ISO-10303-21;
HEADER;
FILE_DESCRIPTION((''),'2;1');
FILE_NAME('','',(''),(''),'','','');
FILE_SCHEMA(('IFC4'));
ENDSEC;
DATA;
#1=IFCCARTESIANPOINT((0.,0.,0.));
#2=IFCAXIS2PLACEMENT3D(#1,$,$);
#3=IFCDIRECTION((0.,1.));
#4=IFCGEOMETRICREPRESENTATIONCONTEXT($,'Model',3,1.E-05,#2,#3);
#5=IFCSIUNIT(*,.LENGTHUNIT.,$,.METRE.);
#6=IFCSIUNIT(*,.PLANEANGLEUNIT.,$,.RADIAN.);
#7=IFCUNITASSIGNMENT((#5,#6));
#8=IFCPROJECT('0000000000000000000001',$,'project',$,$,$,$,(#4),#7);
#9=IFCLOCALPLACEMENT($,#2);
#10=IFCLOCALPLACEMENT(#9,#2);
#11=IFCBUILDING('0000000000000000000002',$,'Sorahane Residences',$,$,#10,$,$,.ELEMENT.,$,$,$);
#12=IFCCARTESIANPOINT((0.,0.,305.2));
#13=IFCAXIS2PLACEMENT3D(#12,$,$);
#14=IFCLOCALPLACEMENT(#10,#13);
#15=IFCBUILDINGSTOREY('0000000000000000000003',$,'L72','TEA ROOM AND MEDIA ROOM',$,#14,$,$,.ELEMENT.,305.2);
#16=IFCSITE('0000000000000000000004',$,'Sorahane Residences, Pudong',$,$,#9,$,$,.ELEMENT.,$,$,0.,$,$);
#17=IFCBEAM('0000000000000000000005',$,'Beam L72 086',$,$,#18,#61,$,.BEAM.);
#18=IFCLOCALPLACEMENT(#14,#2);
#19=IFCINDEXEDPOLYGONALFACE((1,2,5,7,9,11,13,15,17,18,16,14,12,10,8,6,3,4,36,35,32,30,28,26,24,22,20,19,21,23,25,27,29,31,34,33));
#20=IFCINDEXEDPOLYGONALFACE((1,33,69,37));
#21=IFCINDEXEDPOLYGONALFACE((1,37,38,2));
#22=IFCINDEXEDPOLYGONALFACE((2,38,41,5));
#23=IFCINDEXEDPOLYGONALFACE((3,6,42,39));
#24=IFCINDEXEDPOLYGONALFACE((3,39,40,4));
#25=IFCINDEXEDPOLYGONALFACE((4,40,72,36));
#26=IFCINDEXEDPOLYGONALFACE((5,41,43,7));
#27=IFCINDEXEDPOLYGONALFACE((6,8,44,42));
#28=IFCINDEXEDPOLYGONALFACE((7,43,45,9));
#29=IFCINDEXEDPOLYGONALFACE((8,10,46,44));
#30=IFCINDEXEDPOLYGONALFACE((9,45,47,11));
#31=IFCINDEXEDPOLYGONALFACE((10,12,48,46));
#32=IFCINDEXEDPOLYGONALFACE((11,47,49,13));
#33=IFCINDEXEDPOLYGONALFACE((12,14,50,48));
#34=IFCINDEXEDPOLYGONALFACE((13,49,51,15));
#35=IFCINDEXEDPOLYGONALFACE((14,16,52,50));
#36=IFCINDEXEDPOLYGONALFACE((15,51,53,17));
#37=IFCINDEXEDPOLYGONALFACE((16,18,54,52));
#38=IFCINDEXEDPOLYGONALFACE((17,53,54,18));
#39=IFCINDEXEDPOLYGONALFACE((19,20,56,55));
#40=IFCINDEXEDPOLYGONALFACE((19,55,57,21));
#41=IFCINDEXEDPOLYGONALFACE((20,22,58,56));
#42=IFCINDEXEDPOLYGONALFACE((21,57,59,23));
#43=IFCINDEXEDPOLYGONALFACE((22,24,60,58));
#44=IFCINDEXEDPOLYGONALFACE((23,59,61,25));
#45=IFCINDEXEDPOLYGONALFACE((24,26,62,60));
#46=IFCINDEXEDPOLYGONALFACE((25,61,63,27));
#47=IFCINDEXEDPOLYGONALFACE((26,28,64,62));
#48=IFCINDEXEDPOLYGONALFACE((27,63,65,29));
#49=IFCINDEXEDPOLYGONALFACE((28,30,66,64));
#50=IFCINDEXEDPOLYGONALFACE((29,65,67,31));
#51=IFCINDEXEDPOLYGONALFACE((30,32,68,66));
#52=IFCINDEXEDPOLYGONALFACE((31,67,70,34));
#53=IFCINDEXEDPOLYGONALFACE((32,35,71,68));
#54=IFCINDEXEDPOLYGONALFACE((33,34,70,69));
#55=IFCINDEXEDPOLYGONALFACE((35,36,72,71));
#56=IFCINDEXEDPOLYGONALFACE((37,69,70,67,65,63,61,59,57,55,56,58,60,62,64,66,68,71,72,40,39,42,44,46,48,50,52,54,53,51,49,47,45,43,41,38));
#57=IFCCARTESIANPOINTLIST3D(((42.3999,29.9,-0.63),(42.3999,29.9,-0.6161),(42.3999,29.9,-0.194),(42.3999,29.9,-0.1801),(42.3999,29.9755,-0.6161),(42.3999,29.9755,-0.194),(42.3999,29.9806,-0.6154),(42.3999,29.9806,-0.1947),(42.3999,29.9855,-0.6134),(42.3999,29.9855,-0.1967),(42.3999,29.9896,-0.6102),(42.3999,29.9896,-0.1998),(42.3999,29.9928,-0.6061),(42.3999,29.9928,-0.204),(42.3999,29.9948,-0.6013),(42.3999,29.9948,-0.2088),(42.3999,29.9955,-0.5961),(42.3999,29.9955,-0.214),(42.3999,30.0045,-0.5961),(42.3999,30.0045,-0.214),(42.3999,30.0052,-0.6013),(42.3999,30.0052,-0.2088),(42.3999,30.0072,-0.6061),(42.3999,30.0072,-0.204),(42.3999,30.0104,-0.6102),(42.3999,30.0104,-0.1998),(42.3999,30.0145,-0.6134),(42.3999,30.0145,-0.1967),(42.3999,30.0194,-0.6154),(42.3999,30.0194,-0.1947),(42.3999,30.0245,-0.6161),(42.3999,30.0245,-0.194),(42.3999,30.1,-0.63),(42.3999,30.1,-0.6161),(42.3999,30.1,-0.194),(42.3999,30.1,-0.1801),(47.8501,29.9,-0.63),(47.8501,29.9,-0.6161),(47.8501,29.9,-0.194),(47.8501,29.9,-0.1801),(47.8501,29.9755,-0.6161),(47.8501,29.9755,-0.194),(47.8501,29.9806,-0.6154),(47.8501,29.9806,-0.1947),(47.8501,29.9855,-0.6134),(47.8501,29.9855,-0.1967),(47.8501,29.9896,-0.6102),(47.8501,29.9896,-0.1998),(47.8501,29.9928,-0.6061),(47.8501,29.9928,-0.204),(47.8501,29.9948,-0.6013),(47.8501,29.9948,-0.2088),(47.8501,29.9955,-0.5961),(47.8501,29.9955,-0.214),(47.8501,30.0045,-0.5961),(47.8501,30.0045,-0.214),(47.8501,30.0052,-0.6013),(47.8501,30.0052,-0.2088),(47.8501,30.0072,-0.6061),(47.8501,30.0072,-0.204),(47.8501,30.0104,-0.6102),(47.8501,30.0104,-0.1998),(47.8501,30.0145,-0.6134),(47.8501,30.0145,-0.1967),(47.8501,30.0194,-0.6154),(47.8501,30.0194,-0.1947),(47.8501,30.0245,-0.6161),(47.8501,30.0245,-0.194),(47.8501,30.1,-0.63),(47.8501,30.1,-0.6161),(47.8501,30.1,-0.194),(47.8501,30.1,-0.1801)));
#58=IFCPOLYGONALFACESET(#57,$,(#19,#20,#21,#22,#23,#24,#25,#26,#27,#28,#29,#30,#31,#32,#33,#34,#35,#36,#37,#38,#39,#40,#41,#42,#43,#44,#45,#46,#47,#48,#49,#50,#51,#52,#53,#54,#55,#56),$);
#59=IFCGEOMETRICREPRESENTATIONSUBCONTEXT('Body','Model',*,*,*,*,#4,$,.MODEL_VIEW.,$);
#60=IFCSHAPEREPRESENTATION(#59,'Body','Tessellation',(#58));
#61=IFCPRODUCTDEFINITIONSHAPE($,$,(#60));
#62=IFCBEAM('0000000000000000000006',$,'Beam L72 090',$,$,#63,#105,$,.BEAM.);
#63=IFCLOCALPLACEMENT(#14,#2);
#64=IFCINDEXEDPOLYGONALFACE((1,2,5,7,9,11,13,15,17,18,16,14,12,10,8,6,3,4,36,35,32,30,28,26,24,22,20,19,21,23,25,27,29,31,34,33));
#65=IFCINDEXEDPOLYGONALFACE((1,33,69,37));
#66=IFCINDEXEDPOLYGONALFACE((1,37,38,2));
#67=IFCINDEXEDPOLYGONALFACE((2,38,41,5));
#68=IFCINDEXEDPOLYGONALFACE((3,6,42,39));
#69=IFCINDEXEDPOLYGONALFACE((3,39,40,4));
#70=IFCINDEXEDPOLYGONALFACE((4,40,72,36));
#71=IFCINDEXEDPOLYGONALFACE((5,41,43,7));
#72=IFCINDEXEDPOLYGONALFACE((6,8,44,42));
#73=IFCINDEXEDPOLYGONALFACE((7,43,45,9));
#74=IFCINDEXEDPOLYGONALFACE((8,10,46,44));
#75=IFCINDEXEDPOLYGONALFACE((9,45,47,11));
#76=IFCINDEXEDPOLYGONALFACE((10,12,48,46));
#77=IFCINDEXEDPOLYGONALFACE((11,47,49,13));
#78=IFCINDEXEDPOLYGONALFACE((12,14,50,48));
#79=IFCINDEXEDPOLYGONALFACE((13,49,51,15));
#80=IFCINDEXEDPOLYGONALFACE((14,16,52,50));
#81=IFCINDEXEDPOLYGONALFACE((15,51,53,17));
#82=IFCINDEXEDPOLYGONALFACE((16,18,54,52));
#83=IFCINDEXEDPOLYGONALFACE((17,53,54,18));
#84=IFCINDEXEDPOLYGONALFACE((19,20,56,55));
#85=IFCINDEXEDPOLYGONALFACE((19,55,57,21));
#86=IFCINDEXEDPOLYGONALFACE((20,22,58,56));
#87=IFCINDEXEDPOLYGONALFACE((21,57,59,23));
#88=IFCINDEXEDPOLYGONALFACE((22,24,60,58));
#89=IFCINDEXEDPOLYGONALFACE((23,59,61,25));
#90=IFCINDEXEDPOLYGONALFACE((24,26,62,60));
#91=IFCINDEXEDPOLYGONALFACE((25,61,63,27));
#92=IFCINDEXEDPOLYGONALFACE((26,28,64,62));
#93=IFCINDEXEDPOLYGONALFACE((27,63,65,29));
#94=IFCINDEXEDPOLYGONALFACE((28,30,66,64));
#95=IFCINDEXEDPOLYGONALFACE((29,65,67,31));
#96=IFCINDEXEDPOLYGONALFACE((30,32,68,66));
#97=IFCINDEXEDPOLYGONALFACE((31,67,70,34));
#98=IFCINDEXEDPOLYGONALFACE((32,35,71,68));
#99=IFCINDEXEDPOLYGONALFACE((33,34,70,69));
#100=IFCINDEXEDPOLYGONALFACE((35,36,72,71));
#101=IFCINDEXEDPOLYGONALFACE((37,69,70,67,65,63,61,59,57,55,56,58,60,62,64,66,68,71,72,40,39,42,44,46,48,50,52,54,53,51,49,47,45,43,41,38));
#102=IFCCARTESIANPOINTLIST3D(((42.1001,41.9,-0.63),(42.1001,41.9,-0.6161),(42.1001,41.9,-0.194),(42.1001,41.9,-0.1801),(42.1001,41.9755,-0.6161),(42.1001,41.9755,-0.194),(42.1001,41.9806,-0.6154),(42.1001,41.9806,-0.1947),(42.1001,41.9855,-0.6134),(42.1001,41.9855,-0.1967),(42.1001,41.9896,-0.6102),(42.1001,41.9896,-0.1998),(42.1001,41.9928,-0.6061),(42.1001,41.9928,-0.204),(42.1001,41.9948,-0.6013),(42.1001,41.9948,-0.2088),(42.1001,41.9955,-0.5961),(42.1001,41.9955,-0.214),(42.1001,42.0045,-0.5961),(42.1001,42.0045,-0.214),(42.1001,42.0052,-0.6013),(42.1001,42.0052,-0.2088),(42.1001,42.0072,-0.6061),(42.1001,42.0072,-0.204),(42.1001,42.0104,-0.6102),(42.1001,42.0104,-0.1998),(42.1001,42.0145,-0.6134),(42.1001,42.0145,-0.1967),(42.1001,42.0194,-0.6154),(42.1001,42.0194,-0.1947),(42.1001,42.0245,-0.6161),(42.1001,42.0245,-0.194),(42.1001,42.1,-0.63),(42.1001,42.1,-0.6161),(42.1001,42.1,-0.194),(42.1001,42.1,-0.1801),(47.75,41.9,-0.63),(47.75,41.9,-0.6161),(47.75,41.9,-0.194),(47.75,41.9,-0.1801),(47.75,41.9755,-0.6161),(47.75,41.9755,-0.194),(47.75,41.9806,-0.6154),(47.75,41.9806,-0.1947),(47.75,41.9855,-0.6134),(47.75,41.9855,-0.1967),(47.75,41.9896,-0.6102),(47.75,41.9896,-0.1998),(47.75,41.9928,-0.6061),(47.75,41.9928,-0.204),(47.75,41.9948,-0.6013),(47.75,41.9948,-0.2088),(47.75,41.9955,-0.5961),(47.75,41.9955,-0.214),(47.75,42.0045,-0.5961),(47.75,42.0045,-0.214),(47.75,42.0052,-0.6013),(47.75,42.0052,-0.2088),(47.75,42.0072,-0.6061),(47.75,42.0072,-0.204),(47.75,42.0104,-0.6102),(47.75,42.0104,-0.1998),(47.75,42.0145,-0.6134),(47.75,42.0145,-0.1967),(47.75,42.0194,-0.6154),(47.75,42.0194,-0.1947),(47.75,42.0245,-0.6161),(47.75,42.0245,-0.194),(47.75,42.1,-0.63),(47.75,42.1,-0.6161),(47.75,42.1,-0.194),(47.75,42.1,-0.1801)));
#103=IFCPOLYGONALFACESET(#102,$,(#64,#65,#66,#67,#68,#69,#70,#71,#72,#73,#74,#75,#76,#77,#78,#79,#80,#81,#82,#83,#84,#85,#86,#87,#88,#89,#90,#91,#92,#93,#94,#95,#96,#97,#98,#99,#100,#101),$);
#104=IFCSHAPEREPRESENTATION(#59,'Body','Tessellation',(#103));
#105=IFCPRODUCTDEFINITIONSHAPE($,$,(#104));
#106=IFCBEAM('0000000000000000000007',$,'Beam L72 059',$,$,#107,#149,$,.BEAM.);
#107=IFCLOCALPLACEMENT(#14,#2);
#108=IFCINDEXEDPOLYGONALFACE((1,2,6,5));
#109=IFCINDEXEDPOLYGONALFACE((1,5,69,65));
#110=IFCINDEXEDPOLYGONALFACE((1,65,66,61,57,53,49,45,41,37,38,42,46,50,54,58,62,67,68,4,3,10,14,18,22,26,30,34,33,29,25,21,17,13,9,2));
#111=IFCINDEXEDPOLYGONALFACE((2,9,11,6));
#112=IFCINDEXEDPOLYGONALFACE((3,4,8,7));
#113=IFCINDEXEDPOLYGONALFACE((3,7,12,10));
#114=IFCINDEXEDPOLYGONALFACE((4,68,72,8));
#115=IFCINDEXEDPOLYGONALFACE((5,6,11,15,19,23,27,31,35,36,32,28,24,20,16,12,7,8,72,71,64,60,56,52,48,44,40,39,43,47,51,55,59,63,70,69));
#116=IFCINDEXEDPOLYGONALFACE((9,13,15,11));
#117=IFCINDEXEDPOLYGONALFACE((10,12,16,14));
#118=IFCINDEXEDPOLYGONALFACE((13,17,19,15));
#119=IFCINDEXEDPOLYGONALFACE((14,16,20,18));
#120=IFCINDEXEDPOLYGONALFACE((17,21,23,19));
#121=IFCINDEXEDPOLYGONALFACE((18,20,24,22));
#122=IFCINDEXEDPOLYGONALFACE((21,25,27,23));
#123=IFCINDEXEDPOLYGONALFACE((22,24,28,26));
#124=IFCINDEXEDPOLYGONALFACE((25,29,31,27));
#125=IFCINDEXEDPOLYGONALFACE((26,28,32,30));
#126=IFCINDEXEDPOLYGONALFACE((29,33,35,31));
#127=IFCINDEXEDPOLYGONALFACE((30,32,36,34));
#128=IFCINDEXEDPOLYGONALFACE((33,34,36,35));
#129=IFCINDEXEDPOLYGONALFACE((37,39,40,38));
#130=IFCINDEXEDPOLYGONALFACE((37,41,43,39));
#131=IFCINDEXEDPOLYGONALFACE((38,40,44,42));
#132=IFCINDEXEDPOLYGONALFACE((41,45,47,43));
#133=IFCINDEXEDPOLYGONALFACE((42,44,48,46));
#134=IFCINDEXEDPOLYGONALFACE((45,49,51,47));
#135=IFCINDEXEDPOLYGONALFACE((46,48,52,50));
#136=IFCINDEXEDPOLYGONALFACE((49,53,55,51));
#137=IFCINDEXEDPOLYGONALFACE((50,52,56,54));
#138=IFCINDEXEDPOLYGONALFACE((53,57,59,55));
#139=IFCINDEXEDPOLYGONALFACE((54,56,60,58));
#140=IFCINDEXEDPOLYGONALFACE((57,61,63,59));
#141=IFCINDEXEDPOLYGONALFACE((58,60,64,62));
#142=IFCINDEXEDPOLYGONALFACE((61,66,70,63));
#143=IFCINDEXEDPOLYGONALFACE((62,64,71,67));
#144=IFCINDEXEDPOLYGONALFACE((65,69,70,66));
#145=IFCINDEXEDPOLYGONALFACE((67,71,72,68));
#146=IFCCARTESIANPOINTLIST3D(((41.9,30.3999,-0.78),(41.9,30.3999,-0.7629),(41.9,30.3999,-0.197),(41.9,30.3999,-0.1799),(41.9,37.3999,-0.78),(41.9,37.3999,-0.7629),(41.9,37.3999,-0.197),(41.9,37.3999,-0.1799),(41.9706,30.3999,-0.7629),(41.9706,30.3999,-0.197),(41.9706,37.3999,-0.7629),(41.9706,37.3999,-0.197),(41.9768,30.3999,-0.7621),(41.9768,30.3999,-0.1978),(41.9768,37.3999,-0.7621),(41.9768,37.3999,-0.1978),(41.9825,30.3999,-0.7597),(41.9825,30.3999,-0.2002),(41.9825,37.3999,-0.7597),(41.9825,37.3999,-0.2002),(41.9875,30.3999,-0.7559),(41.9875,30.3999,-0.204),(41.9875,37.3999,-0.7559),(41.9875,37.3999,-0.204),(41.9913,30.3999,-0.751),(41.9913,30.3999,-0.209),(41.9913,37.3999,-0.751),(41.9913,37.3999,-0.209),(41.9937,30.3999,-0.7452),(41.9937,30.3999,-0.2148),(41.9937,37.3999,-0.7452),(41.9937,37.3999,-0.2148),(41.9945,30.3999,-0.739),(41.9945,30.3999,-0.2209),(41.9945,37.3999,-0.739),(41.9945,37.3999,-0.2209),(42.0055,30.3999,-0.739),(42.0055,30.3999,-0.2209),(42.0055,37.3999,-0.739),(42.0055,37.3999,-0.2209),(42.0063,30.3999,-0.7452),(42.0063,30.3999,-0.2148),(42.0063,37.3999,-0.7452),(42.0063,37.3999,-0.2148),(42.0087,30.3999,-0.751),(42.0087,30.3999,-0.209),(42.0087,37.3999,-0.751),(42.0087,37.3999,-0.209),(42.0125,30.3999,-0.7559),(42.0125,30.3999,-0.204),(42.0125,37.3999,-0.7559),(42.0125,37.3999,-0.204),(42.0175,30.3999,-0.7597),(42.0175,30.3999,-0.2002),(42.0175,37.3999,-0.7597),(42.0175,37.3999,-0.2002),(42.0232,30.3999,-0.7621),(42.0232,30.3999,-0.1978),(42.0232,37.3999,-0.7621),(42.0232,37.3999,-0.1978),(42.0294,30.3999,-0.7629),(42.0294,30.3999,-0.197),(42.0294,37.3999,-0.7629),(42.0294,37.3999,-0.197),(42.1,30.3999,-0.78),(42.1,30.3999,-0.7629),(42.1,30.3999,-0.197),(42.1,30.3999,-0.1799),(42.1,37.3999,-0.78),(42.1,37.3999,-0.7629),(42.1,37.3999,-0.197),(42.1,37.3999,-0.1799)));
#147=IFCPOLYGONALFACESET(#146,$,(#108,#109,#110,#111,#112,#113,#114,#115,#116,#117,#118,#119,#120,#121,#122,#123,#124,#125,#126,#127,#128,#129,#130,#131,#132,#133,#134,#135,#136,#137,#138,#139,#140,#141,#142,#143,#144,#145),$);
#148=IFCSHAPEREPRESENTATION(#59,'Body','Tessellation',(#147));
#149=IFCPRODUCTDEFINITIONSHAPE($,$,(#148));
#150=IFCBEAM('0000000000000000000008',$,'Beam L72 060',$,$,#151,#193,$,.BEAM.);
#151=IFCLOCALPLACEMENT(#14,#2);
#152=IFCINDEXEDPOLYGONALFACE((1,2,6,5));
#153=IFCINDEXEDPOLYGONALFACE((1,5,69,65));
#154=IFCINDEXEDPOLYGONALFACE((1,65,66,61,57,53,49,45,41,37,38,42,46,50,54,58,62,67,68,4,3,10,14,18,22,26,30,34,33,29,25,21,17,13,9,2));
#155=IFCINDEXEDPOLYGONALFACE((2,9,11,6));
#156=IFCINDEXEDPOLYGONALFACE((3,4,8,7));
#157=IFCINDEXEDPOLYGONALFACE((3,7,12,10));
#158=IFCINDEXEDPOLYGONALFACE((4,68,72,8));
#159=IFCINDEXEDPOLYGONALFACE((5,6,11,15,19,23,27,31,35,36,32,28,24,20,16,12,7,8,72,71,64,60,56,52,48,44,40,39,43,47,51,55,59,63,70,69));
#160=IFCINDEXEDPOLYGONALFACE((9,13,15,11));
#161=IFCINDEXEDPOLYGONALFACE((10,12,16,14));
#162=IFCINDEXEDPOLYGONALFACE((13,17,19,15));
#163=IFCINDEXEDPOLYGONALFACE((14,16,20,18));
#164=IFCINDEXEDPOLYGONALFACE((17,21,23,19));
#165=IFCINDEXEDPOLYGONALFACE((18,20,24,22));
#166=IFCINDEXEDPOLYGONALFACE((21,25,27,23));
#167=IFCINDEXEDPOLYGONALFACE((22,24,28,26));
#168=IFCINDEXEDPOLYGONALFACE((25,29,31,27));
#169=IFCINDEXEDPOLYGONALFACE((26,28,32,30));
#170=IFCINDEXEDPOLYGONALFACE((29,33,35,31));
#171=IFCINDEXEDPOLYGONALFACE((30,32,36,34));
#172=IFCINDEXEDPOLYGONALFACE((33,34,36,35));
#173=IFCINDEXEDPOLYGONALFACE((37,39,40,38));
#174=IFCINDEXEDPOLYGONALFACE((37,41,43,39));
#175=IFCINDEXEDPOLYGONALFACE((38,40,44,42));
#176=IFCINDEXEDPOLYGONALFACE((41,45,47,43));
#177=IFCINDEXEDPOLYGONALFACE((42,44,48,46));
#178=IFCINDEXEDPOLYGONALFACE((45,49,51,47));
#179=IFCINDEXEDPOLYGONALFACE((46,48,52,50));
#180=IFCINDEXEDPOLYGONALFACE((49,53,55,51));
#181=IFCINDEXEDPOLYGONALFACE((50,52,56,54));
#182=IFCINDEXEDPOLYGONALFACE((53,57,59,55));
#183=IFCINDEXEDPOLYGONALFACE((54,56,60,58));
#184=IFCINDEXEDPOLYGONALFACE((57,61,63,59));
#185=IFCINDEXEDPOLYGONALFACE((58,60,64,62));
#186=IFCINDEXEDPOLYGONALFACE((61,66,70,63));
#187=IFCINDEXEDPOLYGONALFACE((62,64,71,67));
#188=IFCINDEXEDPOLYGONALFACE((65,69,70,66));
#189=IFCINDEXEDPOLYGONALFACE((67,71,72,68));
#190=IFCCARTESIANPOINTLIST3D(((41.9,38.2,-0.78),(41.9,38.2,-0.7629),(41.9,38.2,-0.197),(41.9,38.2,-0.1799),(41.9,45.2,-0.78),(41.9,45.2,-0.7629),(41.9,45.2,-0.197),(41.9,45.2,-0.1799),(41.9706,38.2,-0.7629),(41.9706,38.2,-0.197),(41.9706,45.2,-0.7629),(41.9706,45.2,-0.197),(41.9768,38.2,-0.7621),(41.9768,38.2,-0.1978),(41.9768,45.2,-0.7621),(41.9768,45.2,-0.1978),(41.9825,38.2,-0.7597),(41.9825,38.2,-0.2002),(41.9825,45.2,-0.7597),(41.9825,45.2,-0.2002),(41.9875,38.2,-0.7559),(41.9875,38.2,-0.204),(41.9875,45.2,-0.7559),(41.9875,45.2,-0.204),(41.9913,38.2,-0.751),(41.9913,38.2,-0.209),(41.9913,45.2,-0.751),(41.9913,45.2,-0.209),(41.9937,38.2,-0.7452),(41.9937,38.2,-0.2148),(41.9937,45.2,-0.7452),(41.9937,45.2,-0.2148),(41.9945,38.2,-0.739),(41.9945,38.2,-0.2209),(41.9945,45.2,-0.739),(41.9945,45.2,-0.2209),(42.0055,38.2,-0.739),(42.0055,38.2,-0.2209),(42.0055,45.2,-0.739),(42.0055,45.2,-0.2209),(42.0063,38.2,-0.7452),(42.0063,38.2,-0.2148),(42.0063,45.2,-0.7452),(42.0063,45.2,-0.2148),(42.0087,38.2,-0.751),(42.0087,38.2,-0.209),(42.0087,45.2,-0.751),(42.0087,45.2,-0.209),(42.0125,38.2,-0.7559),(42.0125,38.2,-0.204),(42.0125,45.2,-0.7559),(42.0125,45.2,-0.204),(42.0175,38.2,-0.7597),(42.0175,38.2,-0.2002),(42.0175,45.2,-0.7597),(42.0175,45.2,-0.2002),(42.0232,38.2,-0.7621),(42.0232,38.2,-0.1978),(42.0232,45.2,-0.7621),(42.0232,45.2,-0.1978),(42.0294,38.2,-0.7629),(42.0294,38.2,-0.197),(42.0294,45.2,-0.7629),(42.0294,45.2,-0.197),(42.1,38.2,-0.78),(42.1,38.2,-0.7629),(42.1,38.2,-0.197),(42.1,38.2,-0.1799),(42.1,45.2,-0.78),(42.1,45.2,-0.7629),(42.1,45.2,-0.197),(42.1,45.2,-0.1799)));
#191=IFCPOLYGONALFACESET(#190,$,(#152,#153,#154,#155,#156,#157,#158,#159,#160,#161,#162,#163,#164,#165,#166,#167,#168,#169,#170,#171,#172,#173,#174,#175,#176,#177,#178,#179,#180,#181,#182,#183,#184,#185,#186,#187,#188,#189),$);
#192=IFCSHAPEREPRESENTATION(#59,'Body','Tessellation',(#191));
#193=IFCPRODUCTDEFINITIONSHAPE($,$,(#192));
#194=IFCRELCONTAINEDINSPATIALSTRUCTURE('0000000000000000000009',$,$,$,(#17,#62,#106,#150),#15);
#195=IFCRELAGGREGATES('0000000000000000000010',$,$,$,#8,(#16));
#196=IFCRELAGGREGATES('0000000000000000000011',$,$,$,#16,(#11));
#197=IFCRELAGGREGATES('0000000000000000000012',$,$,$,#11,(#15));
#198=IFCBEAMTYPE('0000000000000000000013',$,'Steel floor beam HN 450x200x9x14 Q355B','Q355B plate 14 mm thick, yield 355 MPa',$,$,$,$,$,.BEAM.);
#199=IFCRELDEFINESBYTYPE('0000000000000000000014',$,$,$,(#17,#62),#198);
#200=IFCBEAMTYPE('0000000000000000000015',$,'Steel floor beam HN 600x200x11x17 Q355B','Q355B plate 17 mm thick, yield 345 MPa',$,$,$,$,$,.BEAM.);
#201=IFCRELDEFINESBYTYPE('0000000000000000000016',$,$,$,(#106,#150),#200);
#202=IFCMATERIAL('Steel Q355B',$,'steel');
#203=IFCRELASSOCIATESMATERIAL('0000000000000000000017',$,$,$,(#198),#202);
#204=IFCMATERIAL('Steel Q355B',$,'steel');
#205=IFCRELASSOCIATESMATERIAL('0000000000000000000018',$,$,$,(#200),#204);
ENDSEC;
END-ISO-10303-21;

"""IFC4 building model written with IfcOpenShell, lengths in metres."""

from ifc_helpers import new_model, si_unit, direction, frame, origin, origin_2d, place, context, subcontext, project, spatial, i_section, extrude, material, material_profile, profile_set, type_object, element, save


model = new_model("IFC4")

# Units and contexts
model_context = context("Model", 3, precision=1e-05, world=origin(), true_north=direction((0.0, 1.0)))
body_context = subcontext(model_context, "Body", "Model", "MODEL_VIEW")
ifc_project = project(units=[si_unit("LENGTHUNIT", "METRE"), si_unit("PLANEANGLEUNIT", "RADIAN")], contexts=[model_context])

# Site, building, storey
site_placement = place(None, origin())
site = spatial("IfcSite", under=ifc_project, at=site_placement, Name="Sorahane Residences, Pudong", CompositionType="ELEMENT", RefElevation=0.0)
building_placement = place(site_placement, origin())
building = spatial("IfcBuilding", under=site, at=building_placement, Name="Sorahane Residences", CompositionType="ELEMENT")
storey_placement = place(building_placement, frame((0.0, 0.0, 305.2)))
storey = spatial("IfcBuildingStorey", under=building, at=storey_placement, Name="L72", Description="TEA ROOM AND MEDIA ROOM", CompositionType="ELEMENT", Elevation=305.2)

# Beams
ifc_material_1 = material(Name="Steel Q355B", Category="steel")
ifc_material_profile_1 = material_profile(ifc_material_1, i_section(OverallWidth=0.2, OverallDepth=0.45, WebThickness=0.009, FlangeThickness=0.0139, FilletRadius=0.02, at=origin_2d()), Name="HN 450x200x9x14")
ifc_profile_set_1 = profile_set([ifc_material_profile_1], Name="Steel Q355B")
beam_type_1 = type_object("IfcBeamType", Name="Steel floor beam HN 450x200x9x14 Q355B", Description="Q355B plate 14 mm thick, yield 355 MPa", PredefinedType="BEAM", material=ifc_profile_set_1)
beam_1_placement = place(storey_placement, frame((42.3999, 30.0, -0.405), z_axis=(1.0, 0.0, 0.0), x_axis=(0.0, 1.0, 0.0)))
element("IfcBeam", 1, at=beam_1_placement, inside=storey, type_object=beam_type_1, Name="Beam L72 086", PredefinedType="BEAM", context=body_context, shape_type="SweptSolid", body=[
    extrude(i_section(OverallWidth=0.2, OverallDepth=0.45, WebThickness=0.009, FlangeThickness=0.0139, FilletRadius=0.02, at=origin_2d()), origin(), (0.0, 0.0, 1.0), 5.4502),
])
beam_2_placement = place(storey_placement, frame((42.1001, 42.0, -0.405), z_axis=(1.0, 0.0, 0.0), x_axis=(0.0, 1.0, 0.0)))
element("IfcBeam", 2, at=beam_2_placement, inside=storey, type_object=beam_type_1, Name="Beam L72 090", PredefinedType="BEAM", context=body_context, shape_type="SweptSolid", body=[
    extrude(i_section(OverallWidth=0.2, OverallDepth=0.45, WebThickness=0.009, FlangeThickness=0.0139, FilletRadius=0.02, at=origin_2d()), origin(), (0.0, 0.0, 1.0), 5.6499),
])
ifc_material_2 = material(Name="Steel Q355B", Category="steel")
ifc_material_profile_2 = material_profile(ifc_material_2, i_section(OverallWidth=0.2, OverallDepth=0.6001, WebThickness=0.011, FlangeThickness=0.0171, FilletRadius=0.0239, at=origin_2d()), Name="HN 600x200x11x17")
ifc_profile_set_2 = profile_set([ifc_material_profile_2], Name="Steel Q355B")
beam_type_2 = type_object("IfcBeamType", Name="Steel floor beam HN 600x200x11x17 Q355B", Description="Q355B plate 17 mm thick, yield 345 MPa", PredefinedType="BEAM", material=ifc_profile_set_2)
for number, where, z_axis, x_axis, name in (
    (3, (42.0, 30.3999, -0.48), (0.0, 1.0, 0.0), (-1.0, 0.0, 0.0), "Beam L72 059"),
    (4, (42.0, 38.2, -0.48), (0.0, 1.0, 0.0), (-1.0, 0.0, 0.0), "Beam L72 060"),
):
    element("IfcBeam", number, at=place(storey_placement, frame(where, z_axis=z_axis, x_axis=x_axis)), inside=storey, type_object=beam_type_2, Name=name, PredefinedType="BEAM", context=body_context, shape_type="SweptSolid", body=[
        extrude(i_section(OverallWidth=0.2, OverallDepth=0.6001, WebThickness=0.011, FlangeThickness=0.0171, FilletRadius=0.0239, at=origin_2d()), origin(), (0.0, 0.0, 1.0), 7.0),
    ])

save(model, "model.ifc")
